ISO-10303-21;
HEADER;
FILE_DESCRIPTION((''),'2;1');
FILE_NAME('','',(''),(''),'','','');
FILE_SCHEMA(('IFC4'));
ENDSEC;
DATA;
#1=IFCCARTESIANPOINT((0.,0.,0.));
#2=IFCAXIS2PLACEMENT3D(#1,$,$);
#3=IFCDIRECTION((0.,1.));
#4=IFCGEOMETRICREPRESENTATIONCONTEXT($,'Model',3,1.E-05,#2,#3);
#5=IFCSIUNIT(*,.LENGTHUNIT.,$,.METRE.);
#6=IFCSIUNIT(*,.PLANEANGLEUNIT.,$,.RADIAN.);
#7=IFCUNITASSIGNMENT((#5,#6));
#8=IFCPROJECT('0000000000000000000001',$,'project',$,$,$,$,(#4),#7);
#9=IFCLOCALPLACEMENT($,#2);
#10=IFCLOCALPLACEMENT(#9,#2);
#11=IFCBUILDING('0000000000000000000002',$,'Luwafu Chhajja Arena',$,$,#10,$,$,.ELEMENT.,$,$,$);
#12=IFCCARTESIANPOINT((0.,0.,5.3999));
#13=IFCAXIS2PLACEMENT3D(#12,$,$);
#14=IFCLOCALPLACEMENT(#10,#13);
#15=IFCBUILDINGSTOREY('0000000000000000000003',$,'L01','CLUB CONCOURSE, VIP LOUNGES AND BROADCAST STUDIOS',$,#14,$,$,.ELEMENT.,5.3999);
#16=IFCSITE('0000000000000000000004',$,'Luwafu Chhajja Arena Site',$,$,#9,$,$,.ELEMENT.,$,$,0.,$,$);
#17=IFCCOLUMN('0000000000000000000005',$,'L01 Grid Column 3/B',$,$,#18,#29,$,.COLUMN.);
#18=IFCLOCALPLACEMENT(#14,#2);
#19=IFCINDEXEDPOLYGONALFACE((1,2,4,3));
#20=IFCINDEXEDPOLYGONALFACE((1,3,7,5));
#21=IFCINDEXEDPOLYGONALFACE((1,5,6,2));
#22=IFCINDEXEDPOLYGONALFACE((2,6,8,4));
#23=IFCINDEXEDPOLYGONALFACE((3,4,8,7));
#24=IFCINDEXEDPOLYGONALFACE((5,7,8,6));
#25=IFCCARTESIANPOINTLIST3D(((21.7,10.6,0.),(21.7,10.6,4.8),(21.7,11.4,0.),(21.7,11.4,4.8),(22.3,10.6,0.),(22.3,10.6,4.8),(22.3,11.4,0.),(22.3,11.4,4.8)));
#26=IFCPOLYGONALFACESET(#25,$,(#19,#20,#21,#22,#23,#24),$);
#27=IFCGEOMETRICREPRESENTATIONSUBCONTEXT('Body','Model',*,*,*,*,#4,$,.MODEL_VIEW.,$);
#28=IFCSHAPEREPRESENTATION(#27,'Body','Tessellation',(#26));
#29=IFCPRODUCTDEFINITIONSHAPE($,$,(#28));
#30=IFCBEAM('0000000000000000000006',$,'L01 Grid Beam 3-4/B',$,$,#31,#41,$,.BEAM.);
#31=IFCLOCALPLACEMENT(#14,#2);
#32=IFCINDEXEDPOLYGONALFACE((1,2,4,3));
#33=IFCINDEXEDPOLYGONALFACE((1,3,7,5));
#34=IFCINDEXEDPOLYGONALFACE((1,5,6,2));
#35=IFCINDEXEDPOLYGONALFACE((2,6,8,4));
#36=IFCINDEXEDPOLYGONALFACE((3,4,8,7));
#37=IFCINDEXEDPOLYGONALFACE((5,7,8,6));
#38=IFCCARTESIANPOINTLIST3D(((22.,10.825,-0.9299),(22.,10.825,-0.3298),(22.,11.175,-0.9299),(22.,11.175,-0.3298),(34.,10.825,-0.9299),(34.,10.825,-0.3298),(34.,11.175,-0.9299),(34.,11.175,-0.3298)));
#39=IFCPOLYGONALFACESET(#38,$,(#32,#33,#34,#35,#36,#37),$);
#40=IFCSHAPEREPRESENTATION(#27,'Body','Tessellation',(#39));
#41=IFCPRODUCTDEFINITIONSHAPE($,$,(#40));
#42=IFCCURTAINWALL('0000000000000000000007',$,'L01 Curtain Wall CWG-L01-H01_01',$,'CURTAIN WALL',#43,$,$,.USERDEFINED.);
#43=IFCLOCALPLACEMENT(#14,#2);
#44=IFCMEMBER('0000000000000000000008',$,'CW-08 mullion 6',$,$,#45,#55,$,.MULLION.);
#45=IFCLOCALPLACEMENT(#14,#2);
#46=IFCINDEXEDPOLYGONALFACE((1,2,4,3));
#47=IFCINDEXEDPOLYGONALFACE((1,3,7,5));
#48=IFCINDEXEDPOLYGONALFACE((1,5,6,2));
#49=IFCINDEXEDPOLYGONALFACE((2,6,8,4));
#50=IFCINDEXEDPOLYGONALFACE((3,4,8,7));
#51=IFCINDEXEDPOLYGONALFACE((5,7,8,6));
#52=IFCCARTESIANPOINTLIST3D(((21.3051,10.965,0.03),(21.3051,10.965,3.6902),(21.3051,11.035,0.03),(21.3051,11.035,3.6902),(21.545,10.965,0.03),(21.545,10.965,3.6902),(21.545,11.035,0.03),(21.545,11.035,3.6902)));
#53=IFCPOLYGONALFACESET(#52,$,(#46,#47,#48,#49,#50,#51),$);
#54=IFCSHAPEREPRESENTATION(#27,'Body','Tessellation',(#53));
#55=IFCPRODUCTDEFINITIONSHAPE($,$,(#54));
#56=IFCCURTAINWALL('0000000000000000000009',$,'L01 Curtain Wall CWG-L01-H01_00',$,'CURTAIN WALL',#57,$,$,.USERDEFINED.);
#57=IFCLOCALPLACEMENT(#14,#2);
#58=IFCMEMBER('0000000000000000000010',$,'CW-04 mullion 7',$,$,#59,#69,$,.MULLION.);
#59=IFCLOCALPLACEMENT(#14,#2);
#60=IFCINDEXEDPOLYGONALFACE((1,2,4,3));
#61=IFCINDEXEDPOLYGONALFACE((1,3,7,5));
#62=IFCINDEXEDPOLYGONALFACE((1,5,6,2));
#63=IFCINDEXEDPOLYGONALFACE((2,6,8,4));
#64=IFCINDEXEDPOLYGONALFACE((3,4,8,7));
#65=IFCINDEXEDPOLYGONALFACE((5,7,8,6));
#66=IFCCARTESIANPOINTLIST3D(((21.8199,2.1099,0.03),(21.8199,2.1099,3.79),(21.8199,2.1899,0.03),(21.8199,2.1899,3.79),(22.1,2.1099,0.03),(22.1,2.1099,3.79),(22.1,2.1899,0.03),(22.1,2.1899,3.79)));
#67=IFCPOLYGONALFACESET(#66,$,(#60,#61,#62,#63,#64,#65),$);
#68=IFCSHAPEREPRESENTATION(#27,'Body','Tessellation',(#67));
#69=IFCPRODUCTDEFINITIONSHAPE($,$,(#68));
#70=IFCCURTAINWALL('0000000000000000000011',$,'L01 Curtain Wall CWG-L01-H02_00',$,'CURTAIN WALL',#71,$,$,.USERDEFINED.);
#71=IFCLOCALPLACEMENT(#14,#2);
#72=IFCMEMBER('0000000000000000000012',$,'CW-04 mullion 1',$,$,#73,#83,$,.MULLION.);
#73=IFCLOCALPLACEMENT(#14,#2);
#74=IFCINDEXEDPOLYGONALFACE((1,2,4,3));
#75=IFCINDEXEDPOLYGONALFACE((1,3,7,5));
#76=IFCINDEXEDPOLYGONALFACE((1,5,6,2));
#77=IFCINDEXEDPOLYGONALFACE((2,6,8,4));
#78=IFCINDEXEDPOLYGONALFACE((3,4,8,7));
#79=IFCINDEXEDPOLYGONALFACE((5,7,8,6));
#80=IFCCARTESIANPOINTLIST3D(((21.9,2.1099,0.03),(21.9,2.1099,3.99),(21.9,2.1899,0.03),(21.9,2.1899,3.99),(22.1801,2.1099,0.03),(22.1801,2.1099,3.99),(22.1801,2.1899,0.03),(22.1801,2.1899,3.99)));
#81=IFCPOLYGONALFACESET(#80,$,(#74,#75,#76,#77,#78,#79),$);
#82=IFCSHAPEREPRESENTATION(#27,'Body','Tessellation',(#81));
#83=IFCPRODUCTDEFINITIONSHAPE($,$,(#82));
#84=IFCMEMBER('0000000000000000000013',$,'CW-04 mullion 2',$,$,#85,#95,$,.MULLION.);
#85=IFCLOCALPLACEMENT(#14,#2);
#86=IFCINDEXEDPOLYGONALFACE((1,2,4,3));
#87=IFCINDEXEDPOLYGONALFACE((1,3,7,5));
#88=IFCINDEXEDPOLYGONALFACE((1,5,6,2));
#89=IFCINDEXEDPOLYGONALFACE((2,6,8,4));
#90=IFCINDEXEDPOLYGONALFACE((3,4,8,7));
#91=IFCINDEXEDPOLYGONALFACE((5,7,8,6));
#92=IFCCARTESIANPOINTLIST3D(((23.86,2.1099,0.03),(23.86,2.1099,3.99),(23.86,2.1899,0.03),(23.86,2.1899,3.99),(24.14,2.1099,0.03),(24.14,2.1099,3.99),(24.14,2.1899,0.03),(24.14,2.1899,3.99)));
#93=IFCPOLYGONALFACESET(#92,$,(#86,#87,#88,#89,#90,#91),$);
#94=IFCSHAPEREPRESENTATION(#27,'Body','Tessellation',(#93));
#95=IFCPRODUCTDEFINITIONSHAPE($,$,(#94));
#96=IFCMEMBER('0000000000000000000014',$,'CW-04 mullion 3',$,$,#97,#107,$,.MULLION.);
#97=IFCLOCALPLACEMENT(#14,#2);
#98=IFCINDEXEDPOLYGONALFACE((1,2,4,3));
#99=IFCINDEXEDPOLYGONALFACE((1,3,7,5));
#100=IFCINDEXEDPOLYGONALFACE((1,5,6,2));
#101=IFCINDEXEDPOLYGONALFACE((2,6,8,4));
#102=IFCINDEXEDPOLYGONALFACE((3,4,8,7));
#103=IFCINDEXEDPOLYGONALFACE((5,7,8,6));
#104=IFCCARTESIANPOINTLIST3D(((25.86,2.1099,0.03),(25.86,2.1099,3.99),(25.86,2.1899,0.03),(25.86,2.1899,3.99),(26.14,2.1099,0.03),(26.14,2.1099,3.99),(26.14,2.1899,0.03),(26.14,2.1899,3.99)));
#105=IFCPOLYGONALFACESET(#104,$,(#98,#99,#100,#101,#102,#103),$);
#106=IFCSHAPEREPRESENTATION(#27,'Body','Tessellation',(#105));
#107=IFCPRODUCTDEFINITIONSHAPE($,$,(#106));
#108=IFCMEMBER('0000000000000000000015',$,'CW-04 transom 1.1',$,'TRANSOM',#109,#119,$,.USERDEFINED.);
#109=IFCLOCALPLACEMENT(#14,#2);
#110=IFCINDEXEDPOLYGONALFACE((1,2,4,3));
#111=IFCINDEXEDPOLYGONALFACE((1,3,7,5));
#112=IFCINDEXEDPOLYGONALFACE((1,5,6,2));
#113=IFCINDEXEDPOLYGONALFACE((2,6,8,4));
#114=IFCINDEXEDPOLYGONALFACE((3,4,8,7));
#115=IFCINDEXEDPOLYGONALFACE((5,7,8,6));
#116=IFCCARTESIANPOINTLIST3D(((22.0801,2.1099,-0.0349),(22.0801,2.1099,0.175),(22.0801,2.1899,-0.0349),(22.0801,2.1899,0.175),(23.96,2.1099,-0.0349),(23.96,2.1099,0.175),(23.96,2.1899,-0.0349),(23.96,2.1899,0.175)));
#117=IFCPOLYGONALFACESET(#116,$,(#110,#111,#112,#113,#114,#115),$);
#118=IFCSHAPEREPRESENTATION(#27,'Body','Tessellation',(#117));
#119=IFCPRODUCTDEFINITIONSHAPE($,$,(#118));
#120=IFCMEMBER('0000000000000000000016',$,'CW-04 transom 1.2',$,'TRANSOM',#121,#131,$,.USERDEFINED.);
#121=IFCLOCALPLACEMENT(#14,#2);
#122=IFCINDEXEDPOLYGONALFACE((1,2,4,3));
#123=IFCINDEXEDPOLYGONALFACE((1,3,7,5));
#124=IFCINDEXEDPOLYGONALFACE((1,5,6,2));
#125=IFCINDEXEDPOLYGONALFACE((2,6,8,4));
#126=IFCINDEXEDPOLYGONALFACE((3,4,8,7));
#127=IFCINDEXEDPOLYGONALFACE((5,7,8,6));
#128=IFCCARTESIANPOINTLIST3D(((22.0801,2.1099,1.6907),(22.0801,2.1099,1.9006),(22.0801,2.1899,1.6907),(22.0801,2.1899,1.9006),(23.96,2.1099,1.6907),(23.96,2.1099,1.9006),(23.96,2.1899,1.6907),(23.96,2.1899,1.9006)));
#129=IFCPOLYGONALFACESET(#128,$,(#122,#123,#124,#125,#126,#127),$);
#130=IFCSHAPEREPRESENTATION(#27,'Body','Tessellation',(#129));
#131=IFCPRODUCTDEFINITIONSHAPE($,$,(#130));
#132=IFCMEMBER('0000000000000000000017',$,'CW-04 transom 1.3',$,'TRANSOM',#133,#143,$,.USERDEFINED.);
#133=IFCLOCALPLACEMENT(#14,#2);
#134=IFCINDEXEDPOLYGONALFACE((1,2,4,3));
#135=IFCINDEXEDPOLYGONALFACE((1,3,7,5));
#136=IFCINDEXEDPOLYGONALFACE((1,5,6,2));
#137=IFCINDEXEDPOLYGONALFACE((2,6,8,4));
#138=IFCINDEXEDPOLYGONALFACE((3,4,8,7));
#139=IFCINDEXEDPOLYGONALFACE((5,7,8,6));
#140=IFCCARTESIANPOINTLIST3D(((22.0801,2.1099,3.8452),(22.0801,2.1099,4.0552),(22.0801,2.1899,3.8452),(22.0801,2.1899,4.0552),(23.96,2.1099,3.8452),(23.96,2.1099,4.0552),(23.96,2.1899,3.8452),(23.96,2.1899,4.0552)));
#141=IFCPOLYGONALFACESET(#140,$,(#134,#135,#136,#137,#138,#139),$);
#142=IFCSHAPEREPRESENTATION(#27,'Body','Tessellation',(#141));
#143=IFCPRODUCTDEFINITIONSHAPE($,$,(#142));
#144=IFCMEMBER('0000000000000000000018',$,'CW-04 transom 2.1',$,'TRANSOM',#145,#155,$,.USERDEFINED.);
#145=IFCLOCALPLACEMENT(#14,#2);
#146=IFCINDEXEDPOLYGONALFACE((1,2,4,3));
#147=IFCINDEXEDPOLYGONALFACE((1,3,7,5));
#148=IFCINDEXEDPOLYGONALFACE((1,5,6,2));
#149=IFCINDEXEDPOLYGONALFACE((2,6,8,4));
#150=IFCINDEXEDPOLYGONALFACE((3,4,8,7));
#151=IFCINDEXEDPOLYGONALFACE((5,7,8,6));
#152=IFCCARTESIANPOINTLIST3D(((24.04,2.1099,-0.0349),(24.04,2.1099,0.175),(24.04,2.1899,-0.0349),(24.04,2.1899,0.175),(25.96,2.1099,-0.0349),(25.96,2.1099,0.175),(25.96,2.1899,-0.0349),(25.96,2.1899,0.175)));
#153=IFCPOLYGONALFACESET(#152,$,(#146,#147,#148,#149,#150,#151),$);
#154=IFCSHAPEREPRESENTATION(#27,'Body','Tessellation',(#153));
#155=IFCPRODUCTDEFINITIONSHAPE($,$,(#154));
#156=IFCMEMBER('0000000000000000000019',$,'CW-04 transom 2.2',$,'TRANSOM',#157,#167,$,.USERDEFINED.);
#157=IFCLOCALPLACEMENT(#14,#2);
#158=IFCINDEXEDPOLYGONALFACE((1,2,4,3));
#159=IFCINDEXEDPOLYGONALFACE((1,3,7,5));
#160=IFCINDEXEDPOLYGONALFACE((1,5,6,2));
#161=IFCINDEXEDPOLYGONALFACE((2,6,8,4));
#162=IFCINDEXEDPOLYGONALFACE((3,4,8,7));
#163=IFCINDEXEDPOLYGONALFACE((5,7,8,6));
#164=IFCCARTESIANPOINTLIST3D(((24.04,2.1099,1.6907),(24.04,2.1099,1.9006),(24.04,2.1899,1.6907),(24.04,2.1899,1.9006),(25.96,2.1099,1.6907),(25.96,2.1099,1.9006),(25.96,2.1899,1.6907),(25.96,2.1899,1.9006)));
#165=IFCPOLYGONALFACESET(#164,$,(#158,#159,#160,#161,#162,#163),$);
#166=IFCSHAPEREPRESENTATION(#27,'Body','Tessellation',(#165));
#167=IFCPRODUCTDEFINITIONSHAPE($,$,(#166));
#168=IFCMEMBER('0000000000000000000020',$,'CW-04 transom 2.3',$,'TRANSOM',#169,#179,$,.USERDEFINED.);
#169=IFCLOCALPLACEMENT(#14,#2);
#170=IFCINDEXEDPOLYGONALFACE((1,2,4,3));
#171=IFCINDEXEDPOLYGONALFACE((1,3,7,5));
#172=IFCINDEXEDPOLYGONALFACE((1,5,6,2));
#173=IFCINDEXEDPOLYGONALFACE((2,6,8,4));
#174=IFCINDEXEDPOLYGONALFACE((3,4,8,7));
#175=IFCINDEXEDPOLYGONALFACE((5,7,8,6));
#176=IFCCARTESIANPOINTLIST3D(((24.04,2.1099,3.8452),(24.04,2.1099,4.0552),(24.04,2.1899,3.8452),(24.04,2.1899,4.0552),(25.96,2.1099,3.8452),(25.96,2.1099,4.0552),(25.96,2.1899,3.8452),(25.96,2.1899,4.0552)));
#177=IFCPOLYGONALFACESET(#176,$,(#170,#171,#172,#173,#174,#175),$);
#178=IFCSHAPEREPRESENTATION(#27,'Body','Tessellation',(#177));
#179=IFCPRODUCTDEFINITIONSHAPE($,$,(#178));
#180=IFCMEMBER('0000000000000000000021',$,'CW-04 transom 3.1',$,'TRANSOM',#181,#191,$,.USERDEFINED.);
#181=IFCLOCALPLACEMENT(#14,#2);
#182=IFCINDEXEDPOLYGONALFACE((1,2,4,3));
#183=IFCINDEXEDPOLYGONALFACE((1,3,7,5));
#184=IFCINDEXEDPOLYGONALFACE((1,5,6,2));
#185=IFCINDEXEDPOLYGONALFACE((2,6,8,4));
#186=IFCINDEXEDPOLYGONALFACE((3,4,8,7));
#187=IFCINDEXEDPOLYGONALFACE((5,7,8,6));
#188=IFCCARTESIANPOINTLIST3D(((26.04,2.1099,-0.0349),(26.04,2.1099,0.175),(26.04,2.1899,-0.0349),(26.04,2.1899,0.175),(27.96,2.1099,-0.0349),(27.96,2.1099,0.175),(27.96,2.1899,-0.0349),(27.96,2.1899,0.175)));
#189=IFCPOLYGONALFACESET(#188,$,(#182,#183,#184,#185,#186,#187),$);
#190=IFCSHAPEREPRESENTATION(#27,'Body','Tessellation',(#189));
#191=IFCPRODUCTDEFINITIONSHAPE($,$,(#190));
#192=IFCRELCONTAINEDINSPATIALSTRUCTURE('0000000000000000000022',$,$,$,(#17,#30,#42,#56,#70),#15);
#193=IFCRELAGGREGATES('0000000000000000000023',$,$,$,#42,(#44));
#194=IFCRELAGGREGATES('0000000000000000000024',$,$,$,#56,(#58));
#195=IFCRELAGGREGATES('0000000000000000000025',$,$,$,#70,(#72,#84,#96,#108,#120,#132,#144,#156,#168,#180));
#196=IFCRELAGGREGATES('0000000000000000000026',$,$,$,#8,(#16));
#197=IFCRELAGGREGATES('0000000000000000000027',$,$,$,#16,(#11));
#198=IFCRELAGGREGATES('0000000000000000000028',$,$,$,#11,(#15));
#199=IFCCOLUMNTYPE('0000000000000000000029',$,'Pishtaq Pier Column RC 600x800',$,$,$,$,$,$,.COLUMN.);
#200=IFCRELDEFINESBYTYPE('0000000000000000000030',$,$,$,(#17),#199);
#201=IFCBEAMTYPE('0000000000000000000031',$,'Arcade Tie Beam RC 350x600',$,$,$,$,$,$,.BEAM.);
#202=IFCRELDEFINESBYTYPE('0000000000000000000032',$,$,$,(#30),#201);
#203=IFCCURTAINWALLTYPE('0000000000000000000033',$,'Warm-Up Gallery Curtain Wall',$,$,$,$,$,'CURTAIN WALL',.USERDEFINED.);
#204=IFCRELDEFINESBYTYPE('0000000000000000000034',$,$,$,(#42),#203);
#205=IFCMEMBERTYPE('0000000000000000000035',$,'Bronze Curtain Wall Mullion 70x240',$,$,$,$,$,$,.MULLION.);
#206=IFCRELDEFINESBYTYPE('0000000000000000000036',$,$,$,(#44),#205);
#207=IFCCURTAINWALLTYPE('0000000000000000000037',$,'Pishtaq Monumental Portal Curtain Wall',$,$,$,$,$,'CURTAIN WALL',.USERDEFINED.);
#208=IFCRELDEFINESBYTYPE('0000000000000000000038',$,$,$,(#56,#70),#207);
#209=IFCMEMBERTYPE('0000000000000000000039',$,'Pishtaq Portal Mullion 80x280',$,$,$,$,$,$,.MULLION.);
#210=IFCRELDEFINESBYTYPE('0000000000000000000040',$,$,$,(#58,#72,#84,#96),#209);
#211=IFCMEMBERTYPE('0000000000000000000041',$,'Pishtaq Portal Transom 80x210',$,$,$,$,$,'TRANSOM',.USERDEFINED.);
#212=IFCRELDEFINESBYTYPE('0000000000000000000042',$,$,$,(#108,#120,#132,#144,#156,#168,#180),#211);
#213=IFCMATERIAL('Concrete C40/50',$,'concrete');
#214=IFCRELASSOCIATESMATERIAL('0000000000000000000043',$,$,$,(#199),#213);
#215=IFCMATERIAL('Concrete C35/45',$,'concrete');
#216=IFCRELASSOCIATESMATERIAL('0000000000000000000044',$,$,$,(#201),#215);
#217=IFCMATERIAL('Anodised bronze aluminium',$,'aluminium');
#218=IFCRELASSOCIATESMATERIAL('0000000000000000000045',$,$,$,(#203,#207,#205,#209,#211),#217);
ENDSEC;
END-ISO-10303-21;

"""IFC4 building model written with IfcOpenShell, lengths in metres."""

from ifc_helpers import new_model, si_unit, direction, frame, origin, origin_2d, place, context, subcontext, project, spatial, rectangle, extrude, material, material_profile, profile_set, type_object, element, aggregate, save


model = new_model("IFC4")

# Units and contexts
model_context = context("Model", 3, precision=1e-05, world=origin(), true_north=direction((0.0, 1.0)))
body_context = subcontext(model_context, "Body", "Model", "MODEL_VIEW")
ifc_project = project(units=[si_unit("LENGTHUNIT", "METRE"), si_unit("PLANEANGLEUNIT", "RADIAN")], contexts=[model_context])

# Site, building, storey
site_placement = place(None, origin())
site = spatial("IfcSite", under=ifc_project, at=site_placement, Name="Luwafu Chhajja Arena Site", CompositionType="ELEMENT", RefElevation=0.0)
building_placement = place(site_placement, origin())
building = spatial("IfcBuilding", under=site, at=building_placement, Name="Luwafu Chhajja Arena", CompositionType="ELEMENT")
storey_placement = place(building_placement, frame((0.0, 0.0, 5.3999)))
storey = spatial("IfcBuildingStorey", under=building, at=storey_placement, Name="L01", Description="CLUB CONCOURSE, VIP LOUNGES AND BROADCAST STUDIOS", CompositionType="ELEMENT", Elevation=5.3999)

# Column
ifc_material_1 = material(Name="Concrete C40/50", Category="concrete")
ifc_material_profile_1 = material_profile(ifc_material_1, rectangle(XDim=0.6001, YDim=0.8, at=origin_2d()), Name="RC 600x800")
ifc_profile_set_1 = profile_set([ifc_material_profile_1], Name="Concrete C40/50")
column_type = type_object("IfcColumnType", Name="Pishtaq Pier Column RC 600x800", PredefinedType="COLUMN", material=ifc_profile_set_1)
column_placement = place(storey_placement, frame((22.0, 11.0, 0.0), z_axis=(0.0, 0.0, 1.0), x_axis=(1.0, 0.0, 0.0)))
element("IfcColumn", 1, at=column_placement, inside=storey, type_object=column_type, Name="L01 Grid Column 3/B", PredefinedType="COLUMN", context=body_context, shape_type="SweptSolid", body=[
    extrude(rectangle(XDim=0.6001, YDim=0.8, at=origin_2d()), origin(), (0.0, 0.0, 1.0), 4.8),
])

# Beam
ifc_material_2 = material(Name="Concrete C35/45", Category="concrete")
ifc_material_profile_2 = material_profile(ifc_material_2, rectangle(XDim=0.3501, YDim=0.6001, at=origin_2d()), Name="RC 350x600")
ifc_profile_set_2 = profile_set([ifc_material_profile_2], Name="Concrete C35/45")
beam_type_1 = type_object("IfcBeamType", Name="Arcade Tie Beam RC 350x600", PredefinedType="BEAM", material=ifc_profile_set_2)
beam_1_placement = place(storey_placement, frame((22.0, 11.0, -0.6299), z_axis=(1.0, 0.0, 0.0), x_axis=(0.0, 1.0, 0.0)))
element("IfcBeam", 2, at=beam_1_placement, inside=storey, type_object=beam_type_1, Name="L01 Grid Beam 3-4/B", PredefinedType="BEAM", context=body_context, shape_type="SweptSolid", body=[
    extrude(rectangle(XDim=0.3501, YDim=0.6001, at=origin_2d()), origin(), (0.0, 0.0, 1.0), 12.0),
])

# Curtain walls, members
ifc_material_3 = material(Name="Anodised bronze aluminium", Category="aluminium")
curtain_wall_type_1 = type_object("IfcCurtainWallType", Name="Warm-Up Gallery Curtain Wall", ElementType="CURTAIN WALL", PredefinedType="USERDEFINED", material=ifc_material_3)
curtain_wall_1_placement = place(storey_placement, origin())
curtain_wall_1 = element("IfcCurtainWall", 3, at=curtain_wall_1_placement, inside=storey, type_object=curtain_wall_type_1, Name="L01 Curtain Wall CWG-L01-H01_01", ObjectType="CURTAIN WALL", PredefinedType="USERDEFINED")
ifc_material_profile_3 = material_profile(ifc_material_3, rectangle(XDim=0.0701, YDim=0.24, at=origin_2d()), Name="CWM 70x240")
ifc_profile_set_3 = profile_set([ifc_material_profile_3], Name="Anodised bronze aluminium")
member_type_1 = type_object("IfcMemberType", Name="Bronze Curtain Wall Mullion 70x240", PredefinedType="MULLION", material=ifc_profile_set_3)
member_1_placement = place(storey_placement, frame((21.425, 11.0, 0.03), z_axis=(0.0, 0.0, 1.0), x_axis=(0.0, 1.0, 0.0)))
member_1 = element("IfcMember", 4, at=member_1_placement, type_object=member_type_1, Name="CW-08 mullion 6", PredefinedType="MULLION", context=body_context, shape_type="SweptSolid", body=[
    extrude(rectangle(XDim=0.0701, YDim=0.24, at=origin_2d()), origin(), (0.0, 0.0, 1.0), 3.6602),
])
curtain_wall_type_2 = type_object("IfcCurtainWallType", Name="Pishtaq Monumental Portal Curtain Wall", ElementType="CURTAIN WALL", PredefinedType="USERDEFINED", material=ifc_material_3)
curtain_wall_2_placement = place(storey_placement, origin())
curtain_wall_2 = element("IfcCurtainWall", 5, at=curtain_wall_2_placement, inside=storey, type_object=curtain_wall_type_2, Name="L01 Curtain Wall CWG-L01-H01_00", ObjectType="CURTAIN WALL", PredefinedType="USERDEFINED")
ifc_material_profile_4 = material_profile(ifc_material_3, rectangle(XDim=0.0801, YDim=0.28, at=origin_2d()), Name="CWM 80x280")
ifc_profile_set_4 = profile_set([ifc_material_profile_4], Name="Anodised bronze aluminium")
member_type_2 = type_object("IfcMemberType", Name="Pishtaq Portal Mullion 80x280", PredefinedType="MULLION", material=ifc_profile_set_4)
member_2_placement = place(storey_placement, frame((21.96, 2.1499, 0.03), z_axis=(0.0, 0.0, 1.0), x_axis=(0.0, 1.0, 0.0)))
member_2 = element("IfcMember", 6, at=member_2_placement, type_object=member_type_2, Name="CW-04 mullion 7", PredefinedType="MULLION", context=body_context, shape_type="SweptSolid", body=[
    extrude(rectangle(XDim=0.0801, YDim=0.28, at=origin_2d()), origin(), (0.0, 0.0, 1.0), 3.76),
])

# Curtain wall, members
curtain_wall_3_placement = place(storey_placement, origin())
curtain_wall_3 = element("IfcCurtainWall", 7, at=curtain_wall_3_placement, inside=storey, type_object=curtain_wall_type_2, Name="L01 Curtain Wall CWG-L01-H02_00", ObjectType="CURTAIN WALL", PredefinedType="USERDEFINED")
member_3_placement = place(storey_placement, frame((22.04, 2.1499, 0.03), z_axis=(0.0, 0.0, 1.0), x_axis=(0.0, 1.0, 0.0)))
member_3 = element("IfcMember", 8, at=member_3_placement, type_object=member_type_2, Name="CW-04 mullion 1", PredefinedType="MULLION", context=body_context, shape_type="SweptSolid", body=[
    extrude(rectangle(XDim=0.0801, YDim=0.28, at=origin_2d()), origin(), (0.0, 0.0, 1.0), 3.96),
])
member_4_placement = place(storey_placement, frame((24.0, 2.1499, 0.03), z_axis=(0.0, 0.0, 1.0), x_axis=(0.0, 1.0, 0.0)))
member_4 = element("IfcMember", 9, at=member_4_placement, type_object=member_type_2, Name="CW-04 mullion 2", PredefinedType="MULLION", context=body_context, shape_type="SweptSolid", body=[
    extrude(rectangle(XDim=0.0801, YDim=0.28, at=origin_2d()), origin(), (0.0, 0.0, 1.0), 3.96),
])
member_5_placement = place(storey_placement, frame((26.0, 2.1499, 0.03), z_axis=(0.0, 0.0, 1.0), x_axis=(0.0, 1.0, 0.0)))
member_5 = element("IfcMember", 10, at=member_5_placement, type_object=member_type_2, Name="CW-04 mullion 3", PredefinedType="MULLION", context=body_context, shape_type="SweptSolid", body=[
    extrude(rectangle(XDim=0.0801, YDim=0.28, at=origin_2d()), origin(), (0.0, 0.0, 1.0), 3.96),
])
ifc_material_profile_5 = material_profile(ifc_material_3, rectangle(XDim=0.0801, YDim=0.21, at=origin_2d()), Name="CWT 80x210")
ifc_profile_set_5 = profile_set([ifc_material_profile_5], Name="Anodised bronze aluminium")
member_type_3 = type_object("IfcMemberType", Name="Pishtaq Portal Transom 80x210", ElementType="TRANSOM", PredefinedType="USERDEFINED", material=ifc_profile_set_5)
member_6_placement = place(storey_placement, frame((22.0801, 2.1499, 0.0701), z_axis=(1.0, 0.0, 0.0), x_axis=(0.0, 1.0, 0.0)))
member_6 = element("IfcMember", 11, at=member_6_placement, type_object=member_type_3, Name="CW-04 transom 1.1", ObjectType="TRANSOM", PredefinedType="USERDEFINED", context=body_context, shape_type="SweptSolid", body=[
    extrude(rectangle(XDim=0.0801, YDim=0.21, at=origin_2d()), origin(), (0.0, 0.0, 1.0), 1.8799),
])
member_7_placement = place(storey_placement, frame((22.0801, 2.1499, 1.7957), z_axis=(1.0, 0.0, 0.0), x_axis=(0.0, 1.0, 0.0)))
member_7 = element("IfcMember", 12, at=member_7_placement, type_object=member_type_3, Name="CW-04 transom 1.2", ObjectType="TRANSOM", PredefinedType="USERDEFINED", context=body_context, shape_type="SweptSolid", body=[
    extrude(rectangle(XDim=0.0801, YDim=0.21, at=origin_2d()), origin(), (0.0, 0.0, 1.0), 1.8799),
])
member_8_placement = place(storey_placement, frame((22.0801, 2.1499, 3.9502), z_axis=(1.0, 0.0, 0.0), x_axis=(0.0, 1.0, 0.0)))
member_8 = element("IfcMember", 13, at=member_8_placement, type_object=member_type_3, Name="CW-04 transom 1.3", ObjectType="TRANSOM", PredefinedType="USERDEFINED", context=body_context, shape_type="SweptSolid", body=[
    extrude(rectangle(XDim=0.0801, YDim=0.21, at=origin_2d()), origin(), (0.0, 0.0, 1.0), 1.8799),
])
member_9_placement = place(storey_placement, frame((24.04, 2.1499, 0.0701), z_axis=(1.0, 0.0, 0.0), x_axis=(0.0, 1.0, 0.0)))
member_9 = element("IfcMember", 14, at=member_9_placement, type_object=member_type_3, Name="CW-04 transom 2.1", ObjectType="TRANSOM", PredefinedType="USERDEFINED", context=body_context, shape_type="SweptSolid", body=[
    extrude(rectangle(XDim=0.0801, YDim=0.21, at=origin_2d()), origin(), (0.0, 0.0, 1.0), 1.9199),
])
member_10_placement = place(storey_placement, frame((24.04, 2.1499, 1.7957), z_axis=(1.0, 0.0, 0.0), x_axis=(0.0, 1.0, 0.0)))
member_10 = element("IfcMember", 15, at=member_10_placement, type_object=member_type_3, Name="CW-04 transom 2.2", ObjectType="TRANSOM", PredefinedType="USERDEFINED", context=body_context, shape_type="SweptSolid", body=[
    extrude(rectangle(XDim=0.0801, YDim=0.21, at=origin_2d()), origin(), (0.0, 0.0, 1.0), 1.9199),
])
member_11_placement = place(storey_placement, frame((24.04, 2.1499, 3.9502), z_axis=(1.0, 0.0, 0.0), x_axis=(0.0, 1.0, 0.0)))
member_11 = element("IfcMember", 16, at=member_11_placement, type_object=member_type_3, Name="CW-04 transom 2.3", ObjectType="TRANSOM", PredefinedType="USERDEFINED", context=body_context, shape_type="SweptSolid", body=[
    extrude(rectangle(XDim=0.0801, YDim=0.21, at=origin_2d()), origin(), (0.0, 0.0, 1.0), 1.9199),
])
member_12_placement = place(storey_placement, frame((26.04, 2.1499, 0.0701), z_axis=(1.0, 0.0, 0.0), x_axis=(0.0, 1.0, 0.0)))
member_12 = element("IfcMember", 17, at=member_12_placement, type_object=member_type_3, Name="CW-04 transom 3.1", ObjectType="TRANSOM", PredefinedType="USERDEFINED", context=body_context, shape_type="SweptSolid", body=[
    extrude(rectangle(XDim=0.0801, YDim=0.21, at=origin_2d()), origin(), (0.0, 0.0, 1.0), 1.9199),
])

aggregate(curtain_wall_1, [member_1])
aggregate(curtain_wall_2, [member_2])
aggregate(curtain_wall_3, [member_3, member_4, member_5, member_6, member_7, member_8, member_9, member_10, member_11, member_12])

save(model, "model.ifc")
